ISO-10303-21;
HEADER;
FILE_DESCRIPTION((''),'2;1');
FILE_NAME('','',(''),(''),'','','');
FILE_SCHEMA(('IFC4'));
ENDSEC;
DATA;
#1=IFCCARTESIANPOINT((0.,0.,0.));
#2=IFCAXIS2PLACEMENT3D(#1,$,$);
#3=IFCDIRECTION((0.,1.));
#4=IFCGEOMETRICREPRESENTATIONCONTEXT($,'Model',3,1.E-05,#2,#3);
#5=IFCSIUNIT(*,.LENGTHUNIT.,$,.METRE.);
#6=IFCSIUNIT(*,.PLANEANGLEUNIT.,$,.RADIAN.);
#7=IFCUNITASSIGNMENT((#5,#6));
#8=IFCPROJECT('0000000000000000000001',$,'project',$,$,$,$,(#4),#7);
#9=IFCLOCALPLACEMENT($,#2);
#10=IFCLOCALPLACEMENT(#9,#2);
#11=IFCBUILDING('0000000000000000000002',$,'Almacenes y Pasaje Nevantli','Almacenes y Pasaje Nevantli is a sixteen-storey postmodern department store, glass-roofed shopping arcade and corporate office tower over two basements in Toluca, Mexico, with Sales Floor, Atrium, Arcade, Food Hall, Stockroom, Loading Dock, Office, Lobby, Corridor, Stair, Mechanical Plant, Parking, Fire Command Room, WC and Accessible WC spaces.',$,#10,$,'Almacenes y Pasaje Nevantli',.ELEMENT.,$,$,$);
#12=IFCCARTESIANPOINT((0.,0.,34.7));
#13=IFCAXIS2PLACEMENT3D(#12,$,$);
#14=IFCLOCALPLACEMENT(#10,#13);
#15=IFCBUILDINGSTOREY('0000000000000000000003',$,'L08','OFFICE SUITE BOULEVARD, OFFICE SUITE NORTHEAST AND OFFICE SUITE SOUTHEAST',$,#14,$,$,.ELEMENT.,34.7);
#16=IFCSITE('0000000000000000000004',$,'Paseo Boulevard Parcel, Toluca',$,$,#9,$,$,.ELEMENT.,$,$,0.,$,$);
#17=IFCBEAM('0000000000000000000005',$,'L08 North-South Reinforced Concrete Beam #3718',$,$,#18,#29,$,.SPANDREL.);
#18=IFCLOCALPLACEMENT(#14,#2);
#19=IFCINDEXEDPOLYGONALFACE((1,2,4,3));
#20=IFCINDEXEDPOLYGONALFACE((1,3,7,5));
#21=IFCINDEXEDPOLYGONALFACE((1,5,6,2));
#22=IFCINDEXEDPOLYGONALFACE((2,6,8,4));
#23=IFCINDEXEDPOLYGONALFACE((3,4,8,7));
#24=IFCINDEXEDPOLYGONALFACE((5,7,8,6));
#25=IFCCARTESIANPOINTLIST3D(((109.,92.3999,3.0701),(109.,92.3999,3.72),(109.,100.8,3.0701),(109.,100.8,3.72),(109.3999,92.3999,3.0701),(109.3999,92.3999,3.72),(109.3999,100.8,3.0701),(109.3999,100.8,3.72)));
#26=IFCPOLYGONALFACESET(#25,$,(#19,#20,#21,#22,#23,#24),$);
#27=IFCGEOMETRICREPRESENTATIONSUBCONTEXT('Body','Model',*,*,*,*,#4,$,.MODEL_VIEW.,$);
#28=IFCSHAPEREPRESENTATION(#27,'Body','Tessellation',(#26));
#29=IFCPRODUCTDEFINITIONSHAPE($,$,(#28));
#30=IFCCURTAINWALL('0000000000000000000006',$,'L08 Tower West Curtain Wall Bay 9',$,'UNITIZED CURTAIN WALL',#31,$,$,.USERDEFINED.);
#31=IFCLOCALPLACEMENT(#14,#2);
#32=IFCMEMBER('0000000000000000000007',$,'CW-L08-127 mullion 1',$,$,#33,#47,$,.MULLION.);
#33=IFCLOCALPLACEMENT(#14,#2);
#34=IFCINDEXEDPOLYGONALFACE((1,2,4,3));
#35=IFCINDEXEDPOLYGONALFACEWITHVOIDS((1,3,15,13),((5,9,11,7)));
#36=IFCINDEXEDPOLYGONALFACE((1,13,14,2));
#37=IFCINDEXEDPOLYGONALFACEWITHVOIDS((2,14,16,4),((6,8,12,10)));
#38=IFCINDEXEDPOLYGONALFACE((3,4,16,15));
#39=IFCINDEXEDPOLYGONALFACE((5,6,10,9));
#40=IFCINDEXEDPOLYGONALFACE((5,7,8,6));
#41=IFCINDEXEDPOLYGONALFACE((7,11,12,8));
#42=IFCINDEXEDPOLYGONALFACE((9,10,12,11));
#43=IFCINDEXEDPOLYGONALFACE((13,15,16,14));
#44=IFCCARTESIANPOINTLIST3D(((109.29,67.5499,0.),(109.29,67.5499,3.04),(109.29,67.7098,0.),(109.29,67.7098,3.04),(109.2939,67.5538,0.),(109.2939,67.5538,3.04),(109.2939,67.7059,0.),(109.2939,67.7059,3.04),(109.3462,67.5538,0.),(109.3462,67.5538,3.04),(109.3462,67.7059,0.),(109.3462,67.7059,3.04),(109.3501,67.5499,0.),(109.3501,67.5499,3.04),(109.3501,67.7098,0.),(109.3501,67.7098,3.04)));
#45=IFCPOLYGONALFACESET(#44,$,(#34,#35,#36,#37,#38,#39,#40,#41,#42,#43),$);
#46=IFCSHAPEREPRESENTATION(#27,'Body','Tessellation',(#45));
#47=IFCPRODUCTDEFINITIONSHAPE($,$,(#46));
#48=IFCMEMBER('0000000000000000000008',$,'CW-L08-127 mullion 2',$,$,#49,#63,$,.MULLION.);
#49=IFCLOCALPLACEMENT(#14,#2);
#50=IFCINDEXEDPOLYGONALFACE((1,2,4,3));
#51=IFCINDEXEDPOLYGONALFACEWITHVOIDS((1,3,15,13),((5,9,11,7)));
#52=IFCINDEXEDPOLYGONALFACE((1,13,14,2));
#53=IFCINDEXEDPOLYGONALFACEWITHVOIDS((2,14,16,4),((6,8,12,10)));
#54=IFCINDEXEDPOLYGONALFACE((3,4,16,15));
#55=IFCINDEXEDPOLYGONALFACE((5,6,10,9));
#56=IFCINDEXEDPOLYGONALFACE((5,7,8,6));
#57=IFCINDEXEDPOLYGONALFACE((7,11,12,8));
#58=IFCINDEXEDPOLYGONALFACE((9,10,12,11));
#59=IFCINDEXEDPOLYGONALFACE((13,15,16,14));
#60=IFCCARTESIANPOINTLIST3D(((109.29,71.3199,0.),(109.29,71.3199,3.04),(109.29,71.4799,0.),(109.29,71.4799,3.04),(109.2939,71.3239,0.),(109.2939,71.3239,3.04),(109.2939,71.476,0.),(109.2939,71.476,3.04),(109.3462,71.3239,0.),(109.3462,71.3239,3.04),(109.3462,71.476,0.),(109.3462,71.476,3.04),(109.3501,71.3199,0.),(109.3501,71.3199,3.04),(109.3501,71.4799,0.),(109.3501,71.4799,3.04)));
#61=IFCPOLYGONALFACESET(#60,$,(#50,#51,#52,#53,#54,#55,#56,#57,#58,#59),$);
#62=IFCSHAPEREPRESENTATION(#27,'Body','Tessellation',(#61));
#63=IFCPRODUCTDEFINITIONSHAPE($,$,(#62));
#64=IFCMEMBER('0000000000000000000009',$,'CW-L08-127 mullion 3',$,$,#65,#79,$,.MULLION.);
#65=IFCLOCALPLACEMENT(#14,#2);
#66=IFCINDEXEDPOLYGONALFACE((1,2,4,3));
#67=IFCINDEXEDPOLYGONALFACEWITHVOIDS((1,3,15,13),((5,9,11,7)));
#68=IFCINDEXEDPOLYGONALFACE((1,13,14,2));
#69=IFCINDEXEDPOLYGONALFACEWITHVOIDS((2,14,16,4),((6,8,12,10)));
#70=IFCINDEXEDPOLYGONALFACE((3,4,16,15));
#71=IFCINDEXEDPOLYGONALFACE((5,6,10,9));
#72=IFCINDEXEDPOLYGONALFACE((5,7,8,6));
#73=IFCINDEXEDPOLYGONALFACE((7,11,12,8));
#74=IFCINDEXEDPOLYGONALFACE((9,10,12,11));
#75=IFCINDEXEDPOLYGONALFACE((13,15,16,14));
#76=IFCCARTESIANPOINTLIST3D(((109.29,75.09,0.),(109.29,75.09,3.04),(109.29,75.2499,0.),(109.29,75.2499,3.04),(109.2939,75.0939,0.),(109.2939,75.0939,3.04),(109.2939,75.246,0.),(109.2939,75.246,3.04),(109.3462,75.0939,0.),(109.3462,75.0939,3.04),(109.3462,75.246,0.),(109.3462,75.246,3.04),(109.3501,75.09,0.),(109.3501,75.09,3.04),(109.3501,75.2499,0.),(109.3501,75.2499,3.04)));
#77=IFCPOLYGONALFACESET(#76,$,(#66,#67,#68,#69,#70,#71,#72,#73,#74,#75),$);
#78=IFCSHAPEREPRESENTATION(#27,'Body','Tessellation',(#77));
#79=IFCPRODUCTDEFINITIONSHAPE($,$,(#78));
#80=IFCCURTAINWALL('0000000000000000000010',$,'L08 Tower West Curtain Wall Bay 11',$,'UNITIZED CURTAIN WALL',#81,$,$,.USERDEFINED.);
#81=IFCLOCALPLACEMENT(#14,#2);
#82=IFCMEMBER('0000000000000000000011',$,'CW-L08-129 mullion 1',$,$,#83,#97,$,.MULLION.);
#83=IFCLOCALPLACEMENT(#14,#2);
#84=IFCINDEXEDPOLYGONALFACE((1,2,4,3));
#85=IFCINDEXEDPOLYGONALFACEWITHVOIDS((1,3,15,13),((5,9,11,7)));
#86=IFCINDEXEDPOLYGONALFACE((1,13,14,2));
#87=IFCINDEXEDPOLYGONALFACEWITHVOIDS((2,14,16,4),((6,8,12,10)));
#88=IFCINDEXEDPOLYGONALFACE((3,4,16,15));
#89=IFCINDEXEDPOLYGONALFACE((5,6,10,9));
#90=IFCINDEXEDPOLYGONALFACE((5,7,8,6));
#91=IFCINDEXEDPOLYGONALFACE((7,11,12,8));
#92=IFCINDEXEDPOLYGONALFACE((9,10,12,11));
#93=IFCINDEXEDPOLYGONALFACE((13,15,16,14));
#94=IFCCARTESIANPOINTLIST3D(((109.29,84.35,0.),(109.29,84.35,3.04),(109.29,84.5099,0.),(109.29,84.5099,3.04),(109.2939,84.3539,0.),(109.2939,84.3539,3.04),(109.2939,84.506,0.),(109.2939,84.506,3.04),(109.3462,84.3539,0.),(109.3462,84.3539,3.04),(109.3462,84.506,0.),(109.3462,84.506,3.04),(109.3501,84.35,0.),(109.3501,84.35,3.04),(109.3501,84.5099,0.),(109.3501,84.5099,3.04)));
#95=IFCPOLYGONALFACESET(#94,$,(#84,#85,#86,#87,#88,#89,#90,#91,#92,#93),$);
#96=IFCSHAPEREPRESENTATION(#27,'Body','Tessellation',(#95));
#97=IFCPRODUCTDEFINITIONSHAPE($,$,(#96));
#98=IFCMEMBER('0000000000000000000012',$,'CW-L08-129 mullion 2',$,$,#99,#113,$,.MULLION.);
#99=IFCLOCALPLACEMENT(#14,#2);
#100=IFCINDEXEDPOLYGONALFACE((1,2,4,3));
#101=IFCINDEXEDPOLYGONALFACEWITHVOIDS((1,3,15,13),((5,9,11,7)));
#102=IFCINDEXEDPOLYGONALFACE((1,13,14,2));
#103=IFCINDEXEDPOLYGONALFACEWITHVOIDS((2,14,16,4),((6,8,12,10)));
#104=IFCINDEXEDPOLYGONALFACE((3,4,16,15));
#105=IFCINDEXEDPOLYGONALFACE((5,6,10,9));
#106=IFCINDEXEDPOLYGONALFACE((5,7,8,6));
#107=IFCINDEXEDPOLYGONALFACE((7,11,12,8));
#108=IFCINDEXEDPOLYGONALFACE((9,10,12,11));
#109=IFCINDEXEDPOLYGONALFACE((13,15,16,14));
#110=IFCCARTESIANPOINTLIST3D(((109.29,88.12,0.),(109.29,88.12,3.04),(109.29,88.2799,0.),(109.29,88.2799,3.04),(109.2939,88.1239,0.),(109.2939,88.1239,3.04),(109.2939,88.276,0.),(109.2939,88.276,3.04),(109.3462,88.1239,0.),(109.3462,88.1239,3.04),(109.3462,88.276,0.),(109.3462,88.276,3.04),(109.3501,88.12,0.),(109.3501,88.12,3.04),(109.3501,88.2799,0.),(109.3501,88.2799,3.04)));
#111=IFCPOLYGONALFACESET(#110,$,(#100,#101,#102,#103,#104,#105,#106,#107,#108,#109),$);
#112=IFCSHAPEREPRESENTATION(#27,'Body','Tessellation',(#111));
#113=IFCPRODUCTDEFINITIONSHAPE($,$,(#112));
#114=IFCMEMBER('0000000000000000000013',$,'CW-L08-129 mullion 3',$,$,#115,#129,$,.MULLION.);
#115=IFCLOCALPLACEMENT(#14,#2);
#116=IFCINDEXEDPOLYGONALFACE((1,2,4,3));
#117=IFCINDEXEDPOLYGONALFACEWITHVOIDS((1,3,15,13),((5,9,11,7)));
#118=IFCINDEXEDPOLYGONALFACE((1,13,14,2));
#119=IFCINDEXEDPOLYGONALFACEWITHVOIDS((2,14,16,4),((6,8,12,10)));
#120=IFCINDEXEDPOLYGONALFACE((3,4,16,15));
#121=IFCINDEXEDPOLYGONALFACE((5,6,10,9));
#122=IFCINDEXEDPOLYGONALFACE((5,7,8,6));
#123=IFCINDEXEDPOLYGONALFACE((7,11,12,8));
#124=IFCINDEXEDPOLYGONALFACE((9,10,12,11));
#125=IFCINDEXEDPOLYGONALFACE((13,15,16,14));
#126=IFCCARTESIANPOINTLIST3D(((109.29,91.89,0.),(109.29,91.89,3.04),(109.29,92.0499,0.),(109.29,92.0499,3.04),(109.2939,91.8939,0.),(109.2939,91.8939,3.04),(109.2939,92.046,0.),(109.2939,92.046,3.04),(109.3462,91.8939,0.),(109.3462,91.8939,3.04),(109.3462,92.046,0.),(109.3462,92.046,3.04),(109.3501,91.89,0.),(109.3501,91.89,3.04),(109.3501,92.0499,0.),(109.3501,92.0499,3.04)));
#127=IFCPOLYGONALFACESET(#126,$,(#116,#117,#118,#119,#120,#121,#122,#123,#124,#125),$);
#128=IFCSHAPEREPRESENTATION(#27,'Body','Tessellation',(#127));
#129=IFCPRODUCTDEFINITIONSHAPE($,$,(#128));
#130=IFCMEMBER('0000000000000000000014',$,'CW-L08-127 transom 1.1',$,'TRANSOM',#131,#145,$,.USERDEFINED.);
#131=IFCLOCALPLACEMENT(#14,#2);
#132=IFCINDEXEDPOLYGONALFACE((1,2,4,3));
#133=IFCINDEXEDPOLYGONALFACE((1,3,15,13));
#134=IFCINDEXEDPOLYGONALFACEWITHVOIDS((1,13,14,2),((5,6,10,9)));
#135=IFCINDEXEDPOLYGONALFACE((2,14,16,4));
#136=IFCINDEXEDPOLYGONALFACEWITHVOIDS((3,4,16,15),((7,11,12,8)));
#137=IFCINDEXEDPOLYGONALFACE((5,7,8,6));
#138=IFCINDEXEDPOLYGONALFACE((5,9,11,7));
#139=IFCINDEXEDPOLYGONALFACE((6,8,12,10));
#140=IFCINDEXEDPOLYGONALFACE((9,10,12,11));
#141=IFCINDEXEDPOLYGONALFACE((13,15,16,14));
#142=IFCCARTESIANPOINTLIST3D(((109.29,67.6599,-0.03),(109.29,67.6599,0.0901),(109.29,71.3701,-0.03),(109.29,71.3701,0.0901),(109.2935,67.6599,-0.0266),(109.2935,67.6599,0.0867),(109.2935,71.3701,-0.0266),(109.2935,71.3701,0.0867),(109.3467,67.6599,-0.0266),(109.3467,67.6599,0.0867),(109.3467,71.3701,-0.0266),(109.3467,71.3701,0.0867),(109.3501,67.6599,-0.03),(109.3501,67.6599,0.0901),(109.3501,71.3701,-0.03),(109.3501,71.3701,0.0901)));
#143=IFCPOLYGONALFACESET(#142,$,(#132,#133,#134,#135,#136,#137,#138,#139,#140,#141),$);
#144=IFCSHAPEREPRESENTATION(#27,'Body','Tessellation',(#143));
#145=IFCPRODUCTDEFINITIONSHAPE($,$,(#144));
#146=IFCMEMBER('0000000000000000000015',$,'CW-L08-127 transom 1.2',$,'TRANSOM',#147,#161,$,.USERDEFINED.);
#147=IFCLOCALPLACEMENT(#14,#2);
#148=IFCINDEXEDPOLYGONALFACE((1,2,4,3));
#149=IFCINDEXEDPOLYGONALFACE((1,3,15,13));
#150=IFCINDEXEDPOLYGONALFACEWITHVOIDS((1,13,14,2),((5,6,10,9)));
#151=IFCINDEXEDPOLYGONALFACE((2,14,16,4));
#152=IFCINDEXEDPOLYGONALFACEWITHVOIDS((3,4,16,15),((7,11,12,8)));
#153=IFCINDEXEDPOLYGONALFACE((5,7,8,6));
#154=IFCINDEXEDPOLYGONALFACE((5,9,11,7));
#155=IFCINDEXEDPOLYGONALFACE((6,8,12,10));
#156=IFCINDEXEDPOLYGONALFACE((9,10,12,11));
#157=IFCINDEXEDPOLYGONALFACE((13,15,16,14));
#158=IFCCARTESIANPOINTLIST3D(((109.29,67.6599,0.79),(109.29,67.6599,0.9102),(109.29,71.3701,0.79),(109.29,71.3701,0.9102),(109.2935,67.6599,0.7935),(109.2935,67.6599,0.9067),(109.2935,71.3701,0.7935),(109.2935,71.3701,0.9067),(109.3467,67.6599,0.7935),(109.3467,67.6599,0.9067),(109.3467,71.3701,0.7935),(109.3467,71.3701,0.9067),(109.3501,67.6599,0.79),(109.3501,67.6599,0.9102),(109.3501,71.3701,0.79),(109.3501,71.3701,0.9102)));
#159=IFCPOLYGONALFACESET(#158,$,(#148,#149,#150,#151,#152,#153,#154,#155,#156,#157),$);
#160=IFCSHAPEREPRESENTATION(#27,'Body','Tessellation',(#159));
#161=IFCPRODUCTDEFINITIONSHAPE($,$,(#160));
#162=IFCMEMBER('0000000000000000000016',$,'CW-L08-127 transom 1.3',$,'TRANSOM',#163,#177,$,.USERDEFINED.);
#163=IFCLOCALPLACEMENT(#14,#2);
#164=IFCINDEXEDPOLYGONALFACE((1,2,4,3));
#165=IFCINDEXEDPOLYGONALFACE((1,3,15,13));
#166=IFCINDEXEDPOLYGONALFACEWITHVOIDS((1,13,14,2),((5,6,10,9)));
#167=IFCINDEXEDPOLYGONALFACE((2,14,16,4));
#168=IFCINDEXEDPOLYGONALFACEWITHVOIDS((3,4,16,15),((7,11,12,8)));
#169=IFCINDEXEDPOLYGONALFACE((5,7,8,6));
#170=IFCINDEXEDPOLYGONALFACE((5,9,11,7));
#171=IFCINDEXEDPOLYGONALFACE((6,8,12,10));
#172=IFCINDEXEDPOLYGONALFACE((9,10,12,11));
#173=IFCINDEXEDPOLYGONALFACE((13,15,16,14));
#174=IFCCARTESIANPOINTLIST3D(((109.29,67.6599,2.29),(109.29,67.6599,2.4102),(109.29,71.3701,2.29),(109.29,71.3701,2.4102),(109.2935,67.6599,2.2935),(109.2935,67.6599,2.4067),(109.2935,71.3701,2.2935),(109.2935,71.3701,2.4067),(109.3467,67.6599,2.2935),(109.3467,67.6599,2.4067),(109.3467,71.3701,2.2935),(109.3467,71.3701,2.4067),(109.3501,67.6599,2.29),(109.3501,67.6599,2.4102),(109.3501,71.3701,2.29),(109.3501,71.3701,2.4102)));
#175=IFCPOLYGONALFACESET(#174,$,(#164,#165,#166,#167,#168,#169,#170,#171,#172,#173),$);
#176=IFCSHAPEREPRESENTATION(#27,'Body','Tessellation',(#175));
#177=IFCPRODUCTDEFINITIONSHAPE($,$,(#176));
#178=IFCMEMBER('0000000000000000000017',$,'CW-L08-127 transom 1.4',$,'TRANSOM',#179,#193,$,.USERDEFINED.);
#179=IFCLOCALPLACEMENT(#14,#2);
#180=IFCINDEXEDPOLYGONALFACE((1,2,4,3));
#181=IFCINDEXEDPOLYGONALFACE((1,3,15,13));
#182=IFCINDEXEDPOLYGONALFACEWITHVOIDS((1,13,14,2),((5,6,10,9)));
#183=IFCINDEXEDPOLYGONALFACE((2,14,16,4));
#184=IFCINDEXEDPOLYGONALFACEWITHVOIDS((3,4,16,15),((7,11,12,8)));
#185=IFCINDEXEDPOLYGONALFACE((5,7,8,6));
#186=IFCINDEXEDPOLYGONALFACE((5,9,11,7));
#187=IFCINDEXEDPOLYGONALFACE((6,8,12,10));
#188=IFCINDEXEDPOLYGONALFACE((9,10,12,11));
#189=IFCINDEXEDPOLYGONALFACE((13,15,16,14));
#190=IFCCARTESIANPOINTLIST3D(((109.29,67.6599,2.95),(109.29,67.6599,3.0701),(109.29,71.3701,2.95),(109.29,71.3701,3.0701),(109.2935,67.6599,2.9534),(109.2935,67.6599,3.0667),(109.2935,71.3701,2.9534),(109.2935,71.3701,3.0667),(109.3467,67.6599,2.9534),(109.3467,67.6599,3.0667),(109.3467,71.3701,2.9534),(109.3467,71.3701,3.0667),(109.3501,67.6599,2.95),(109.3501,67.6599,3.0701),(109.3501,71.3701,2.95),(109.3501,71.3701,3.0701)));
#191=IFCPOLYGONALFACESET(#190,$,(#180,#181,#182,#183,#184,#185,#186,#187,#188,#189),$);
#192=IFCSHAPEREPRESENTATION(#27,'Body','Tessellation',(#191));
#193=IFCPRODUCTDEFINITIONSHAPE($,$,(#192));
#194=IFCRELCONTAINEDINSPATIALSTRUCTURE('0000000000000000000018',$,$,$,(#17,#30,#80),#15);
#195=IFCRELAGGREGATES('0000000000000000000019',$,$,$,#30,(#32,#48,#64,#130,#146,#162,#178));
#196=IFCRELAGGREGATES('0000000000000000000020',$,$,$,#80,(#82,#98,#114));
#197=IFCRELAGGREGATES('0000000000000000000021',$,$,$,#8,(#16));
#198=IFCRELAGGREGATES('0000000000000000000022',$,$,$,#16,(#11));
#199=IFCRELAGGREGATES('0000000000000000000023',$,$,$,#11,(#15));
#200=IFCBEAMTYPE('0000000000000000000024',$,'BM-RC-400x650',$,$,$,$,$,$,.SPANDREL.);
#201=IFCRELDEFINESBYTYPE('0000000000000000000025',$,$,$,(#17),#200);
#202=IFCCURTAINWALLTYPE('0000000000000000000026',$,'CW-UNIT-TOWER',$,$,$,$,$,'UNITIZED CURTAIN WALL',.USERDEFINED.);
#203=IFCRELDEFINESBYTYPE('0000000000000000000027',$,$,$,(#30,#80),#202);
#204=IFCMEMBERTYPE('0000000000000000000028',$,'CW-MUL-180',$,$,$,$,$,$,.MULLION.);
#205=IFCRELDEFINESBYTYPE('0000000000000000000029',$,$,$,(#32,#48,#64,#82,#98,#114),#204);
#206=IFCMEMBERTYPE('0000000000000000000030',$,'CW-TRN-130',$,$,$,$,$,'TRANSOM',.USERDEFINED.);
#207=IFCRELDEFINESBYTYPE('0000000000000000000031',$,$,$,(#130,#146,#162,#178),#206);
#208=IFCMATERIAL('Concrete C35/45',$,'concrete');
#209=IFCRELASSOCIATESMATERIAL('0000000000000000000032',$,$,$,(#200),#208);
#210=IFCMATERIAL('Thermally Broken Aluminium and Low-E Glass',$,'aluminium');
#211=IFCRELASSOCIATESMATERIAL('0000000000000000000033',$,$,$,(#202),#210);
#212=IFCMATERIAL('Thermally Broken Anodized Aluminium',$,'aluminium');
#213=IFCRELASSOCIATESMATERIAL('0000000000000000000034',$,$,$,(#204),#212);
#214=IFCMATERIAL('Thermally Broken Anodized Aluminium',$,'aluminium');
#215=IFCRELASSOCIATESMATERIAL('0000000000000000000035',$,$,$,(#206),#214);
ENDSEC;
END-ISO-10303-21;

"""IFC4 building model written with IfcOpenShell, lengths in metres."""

from ifc_helpers import new_model, si_unit, direction, frame, origin, origin_2d, place, context, subcontext, project, spatial, rectangle, hollow_rectangle, extrude, material, material_profile, profile_set, type_object, element, aggregate, save


model = new_model("IFC4")

# Units and contexts
model_context = context("Model", 3, precision=1e-05, world=origin(), true_north=direction((0.0, 1.0)))
body_context = subcontext(model_context, "Body", "Model", "MODEL_VIEW")
ifc_project = project(units=[si_unit("LENGTHUNIT", "METRE"), si_unit("PLANEANGLEUNIT", "RADIAN")], contexts=[model_context])

# Site, building, storey
site_placement = place(None, origin())
site = spatial("IfcSite", under=ifc_project, at=site_placement, Name="Paseo Boulevard Parcel, Toluca", CompositionType="ELEMENT", RefElevation=0.0)
building_placement = place(site_placement, origin())
building = spatial("IfcBuilding", under=site, at=building_placement, Name="Almacenes y Pasaje Nevantli", Description="Almacenes y Pasaje Nevantli is a sixteen-storey postmodern department store, glass-roofed shopping arcade and corporate office tower over two basements in Toluca, Mexico, with Sales Floor, Atrium, Arcade, Food Hall, Stockroom, Loading Dock, Office, Lobby, Corridor, Stair, Mechanical Plant, Parking, Fire Command Room, WC and Accessible WC spaces.", LongName="Almacenes y Pasaje Nevantli", CompositionType="ELEMENT")
storey_placement = place(building_placement, frame((0.0, 0.0, 34.7)))
storey = spatial("IfcBuildingStorey", under=building, at=storey_placement, Name="L08", Description="OFFICE SUITE BOULEVARD, OFFICE SUITE NORTHEAST AND OFFICE SUITE SOUTHEAST", CompositionType="ELEMENT", Elevation=34.7)

# Beam
ifc_material_1 = material(Name="Concrete C35/45", Category="concrete")
ifc_material_profile_1 = material_profile(ifc_material_1, rectangle(XDim=0.3999, YDim=0.6499, at=origin_2d()), Name="RC-BM-400x650")
ifc_profile_set_1 = profile_set([ifc_material_profile_1], Name="Concrete C35/45")
beam_type = type_object("IfcBeamType", Name="BM-RC-400x650", PredefinedType="SPANDREL", material=ifc_profile_set_1)
beam_placement = place(storey_placement, frame((109.2, 92.3999, 3.395), z_axis=(0.0, 1.0, 0.0), x_axis=(-1.0, 0.0, 0.0)))
element("IfcBeam", 1, at=beam_placement, inside=storey, type_object=beam_type, Name="L08 North-South Reinforced Concrete Beam #3718", PredefinedType="SPANDREL", context=body_context, shape_type="SweptSolid", body=[
    extrude(rectangle(XDim=0.3999, YDim=0.6499, at=origin_2d()), origin(), (0.0, 0.0, 1.0), 8.4001),
])

# Curtain walls, members
ifc_material_2 = material(Name="Thermally Broken Aluminium and Low-E Glass", Category="aluminium")
curtain_wall_type = type_object("IfcCurtainWallType", Name="CW-UNIT-TOWER", ElementType="UNITIZED CURTAIN WALL", PredefinedType="USERDEFINED", material=ifc_material_2)
curtain_wall_1_placement = place(storey_placement, origin())
curtain_wall_1 = element("IfcCurtainWall", 2, at=curtain_wall_1_placement, inside=storey, type_object=curtain_wall_type, Name="L08 Tower West Curtain Wall Bay 9", ObjectType="UNITIZED CURTAIN WALL", PredefinedType="USERDEFINED")
ifc_material_3 = material(Name="Thermally Broken Anodized Aluminium", Category="aluminium")
ifc_material_profile_2 = material_profile(ifc_material_3, hollow_rectangle(XDim=0.0601, YDim=0.1599, WallThickness=0.0039, at=origin_2d()), Name="ALU-MUL-60x160")
ifc_profile_set_2 = profile_set([ifc_material_profile_2], Name="Thermally Broken Anodized Aluminium")
member_type_1 = type_object("IfcMemberType", Name="CW-MUL-180", PredefinedType="MULLION", material=ifc_profile_set_2)
member_1_placement = place(storey_placement, frame((109.3201, 67.6299, 0.0), z_axis=(0.0, 0.0, 1.0), x_axis=(-1.0, 0.0, 0.0)))
member_1 = element("IfcMember", 3, at=member_1_placement, type_object=member_type_1, Name="CW-L08-127 mullion 1", PredefinedType="MULLION", context=body_context, shape_type="SweptSolid", body=[
    extrude(hollow_rectangle(XDim=0.0601, YDim=0.1599, WallThickness=0.0039, at=origin_2d()), origin(), (0.0, 0.0, 1.0), 3.04),
])
member_2_placement = place(storey_placement, frame((109.3201, 71.3999, 0.0), z_axis=(0.0, 0.0, 1.0), x_axis=(-1.0, 0.0, 0.0)))
member_2 = element("IfcMember", 4, at=member_2_placement, type_object=member_type_1, Name="CW-L08-127 mullion 2", PredefinedType="MULLION", context=body_context, shape_type="SweptSolid", body=[
    extrude(hollow_rectangle(XDim=0.0601, YDim=0.1599, WallThickness=0.0039, at=origin_2d()), origin(), (0.0, 0.0, 1.0), 3.04),
])
member_3_placement = place(storey_placement, frame((109.3201, 75.1699, 0.0), z_axis=(0.0, 0.0, 1.0), x_axis=(-1.0, 0.0, 0.0)))
member_3 = element("IfcMember", 5, at=member_3_placement, type_object=member_type_1, Name="CW-L08-127 mullion 3", PredefinedType="MULLION", context=body_context, shape_type="SweptSolid", body=[
    extrude(hollow_rectangle(XDim=0.0601, YDim=0.1599, WallThickness=0.0039, at=origin_2d()), origin(), (0.0, 0.0, 1.0), 3.04),
])
curtain_wall_2_placement = place(storey_placement, origin())
curtain_wall_2 = element("IfcCurtainWall", 6, at=curtain_wall_2_placement, inside=storey, type_object=curtain_wall_type, Name="L08 Tower West Curtain Wall Bay 11", ObjectType="UNITIZED CURTAIN WALL", PredefinedType="USERDEFINED")
member_4_placement = place(storey_placement, frame((109.3201, 84.4299, 0.0), z_axis=(0.0, 0.0, 1.0), x_axis=(-1.0, 0.0, 0.0)))
member_4 = element("IfcMember", 7, at=member_4_placement, type_object=member_type_1, Name="CW-L08-129 mullion 1", PredefinedType="MULLION", context=body_context, shape_type="SweptSolid", body=[
    extrude(hollow_rectangle(XDim=0.0601, YDim=0.1599, WallThickness=0.0039, at=origin_2d()), origin(), (0.0, 0.0, 1.0), 3.04),
])
member_5_placement = place(storey_placement, frame((109.3201, 88.2, 0.0), z_axis=(0.0, 0.0, 1.0), x_axis=(-1.0, 0.0, 0.0)))
member_5 = element("IfcMember", 8, at=member_5_placement, type_object=member_type_1, Name="CW-L08-129 mullion 2", PredefinedType="MULLION", context=body_context, shape_type="SweptSolid", body=[
    extrude(hollow_rectangle(XDim=0.0601, YDim=0.1599, WallThickness=0.0039, at=origin_2d()), origin(), (0.0, 0.0, 1.0), 3.04),
])
member_6_placement = place(storey_placement, frame((109.3201, 91.97, 0.0), z_axis=(0.0, 0.0, 1.0), x_axis=(-1.0, 0.0, 0.0)))
member_6 = element("IfcMember", 9, at=member_6_placement, type_object=member_type_1, Name="CW-L08-129 mullion 3", PredefinedType="MULLION", context=body_context, shape_type="SweptSolid", body=[
    extrude(hollow_rectangle(XDim=0.0601, YDim=0.1599, WallThickness=0.0039, at=origin_2d()), origin(), (0.0, 0.0, 1.0), 3.04),
])

# Members
ifc_material_4 = material(Name="Thermally Broken Anodized Aluminium", Category="aluminium")
ifc_material_profile_3 = material_profile(ifc_material_4, hollow_rectangle(XDim=0.0601, YDim=0.1201, WallThickness=0.0034, at=origin_2d()), Name="ALU-TRN-60x120")
ifc_profile_set_3 = profile_set([ifc_material_profile_3], Name="Thermally Broken Anodized Aluminium")
member_type_2 = type_object("IfcMemberType", Name="CW-TRN-130", ElementType="TRANSOM", PredefinedType="USERDEFINED", material=ifc_profile_set_3)
member_7_placement = place(storey_placement, frame((109.3201, 67.6599, 0.03), z_axis=(0.0, 1.0, 0.0), x_axis=(-1.0, 0.0, 0.0)))
member_7 = element("IfcMember", 10, at=member_7_placement, type_object=member_type_2, Name="CW-L08-127 transom 1.1", ObjectType="TRANSOM", PredefinedType="USERDEFINED", context=body_context, shape_type="SweptSolid", body=[
    extrude(hollow_rectangle(XDim=0.0601, YDim=0.1201, WallThickness=0.0034, at=origin_2d()), origin(), (0.0, 0.0, 1.0), 3.7102),
])
member_8_placement = place(storey_placement, frame((109.3201, 67.6599, 0.8501), z_axis=(0.0, 1.0, 0.0), x_axis=(-1.0, 0.0, 0.0)))
member_8 = element("IfcMember", 11, at=member_8_placement, type_object=member_type_2, Name="CW-L08-127 transom 1.2", ObjectType="TRANSOM", PredefinedType="USERDEFINED", context=body_context, shape_type="SweptSolid", body=[
    extrude(hollow_rectangle(XDim=0.0601, YDim=0.1201, WallThickness=0.0034, at=origin_2d()), origin(), (0.0, 0.0, 1.0), 3.7102),
])
member_9_placement = place(storey_placement, frame((109.3201, 67.6599, 2.3501), z_axis=(0.0, 1.0, 0.0), x_axis=(-1.0, 0.0, 0.0)))
member_9 = element("IfcMember", 12, at=member_9_placement, type_object=member_type_2, Name="CW-L08-127 transom 1.3", ObjectType="TRANSOM", PredefinedType="USERDEFINED", context=body_context, shape_type="SweptSolid", body=[
    extrude(hollow_rectangle(XDim=0.0601, YDim=0.1201, WallThickness=0.0034, at=origin_2d()), origin(), (0.0, 0.0, 1.0), 3.7102),
])
member_10_placement = place(storey_placement, frame((109.3201, 67.6599, 3.01), z_axis=(0.0, 1.0, 0.0), x_axis=(-1.0, 0.0, 0.0)))
member_10 = element("IfcMember", 13, at=member_10_placement, type_object=member_type_2, Name="CW-L08-127 transom 1.4", ObjectType="TRANSOM", PredefinedType="USERDEFINED", context=body_context, shape_type="SweptSolid", body=[
    extrude(hollow_rectangle(XDim=0.0601, YDim=0.1201, WallThickness=0.0034, at=origin_2d()), origin(), (0.0, 0.0, 1.0), 3.7102),
])

aggregate(curtain_wall_1, [member_1, member_2, member_3, member_7, member_8, member_9, member_10])
aggregate(curtain_wall_2, [member_4, member_5, member_6])

save(model, "model.ifc")
